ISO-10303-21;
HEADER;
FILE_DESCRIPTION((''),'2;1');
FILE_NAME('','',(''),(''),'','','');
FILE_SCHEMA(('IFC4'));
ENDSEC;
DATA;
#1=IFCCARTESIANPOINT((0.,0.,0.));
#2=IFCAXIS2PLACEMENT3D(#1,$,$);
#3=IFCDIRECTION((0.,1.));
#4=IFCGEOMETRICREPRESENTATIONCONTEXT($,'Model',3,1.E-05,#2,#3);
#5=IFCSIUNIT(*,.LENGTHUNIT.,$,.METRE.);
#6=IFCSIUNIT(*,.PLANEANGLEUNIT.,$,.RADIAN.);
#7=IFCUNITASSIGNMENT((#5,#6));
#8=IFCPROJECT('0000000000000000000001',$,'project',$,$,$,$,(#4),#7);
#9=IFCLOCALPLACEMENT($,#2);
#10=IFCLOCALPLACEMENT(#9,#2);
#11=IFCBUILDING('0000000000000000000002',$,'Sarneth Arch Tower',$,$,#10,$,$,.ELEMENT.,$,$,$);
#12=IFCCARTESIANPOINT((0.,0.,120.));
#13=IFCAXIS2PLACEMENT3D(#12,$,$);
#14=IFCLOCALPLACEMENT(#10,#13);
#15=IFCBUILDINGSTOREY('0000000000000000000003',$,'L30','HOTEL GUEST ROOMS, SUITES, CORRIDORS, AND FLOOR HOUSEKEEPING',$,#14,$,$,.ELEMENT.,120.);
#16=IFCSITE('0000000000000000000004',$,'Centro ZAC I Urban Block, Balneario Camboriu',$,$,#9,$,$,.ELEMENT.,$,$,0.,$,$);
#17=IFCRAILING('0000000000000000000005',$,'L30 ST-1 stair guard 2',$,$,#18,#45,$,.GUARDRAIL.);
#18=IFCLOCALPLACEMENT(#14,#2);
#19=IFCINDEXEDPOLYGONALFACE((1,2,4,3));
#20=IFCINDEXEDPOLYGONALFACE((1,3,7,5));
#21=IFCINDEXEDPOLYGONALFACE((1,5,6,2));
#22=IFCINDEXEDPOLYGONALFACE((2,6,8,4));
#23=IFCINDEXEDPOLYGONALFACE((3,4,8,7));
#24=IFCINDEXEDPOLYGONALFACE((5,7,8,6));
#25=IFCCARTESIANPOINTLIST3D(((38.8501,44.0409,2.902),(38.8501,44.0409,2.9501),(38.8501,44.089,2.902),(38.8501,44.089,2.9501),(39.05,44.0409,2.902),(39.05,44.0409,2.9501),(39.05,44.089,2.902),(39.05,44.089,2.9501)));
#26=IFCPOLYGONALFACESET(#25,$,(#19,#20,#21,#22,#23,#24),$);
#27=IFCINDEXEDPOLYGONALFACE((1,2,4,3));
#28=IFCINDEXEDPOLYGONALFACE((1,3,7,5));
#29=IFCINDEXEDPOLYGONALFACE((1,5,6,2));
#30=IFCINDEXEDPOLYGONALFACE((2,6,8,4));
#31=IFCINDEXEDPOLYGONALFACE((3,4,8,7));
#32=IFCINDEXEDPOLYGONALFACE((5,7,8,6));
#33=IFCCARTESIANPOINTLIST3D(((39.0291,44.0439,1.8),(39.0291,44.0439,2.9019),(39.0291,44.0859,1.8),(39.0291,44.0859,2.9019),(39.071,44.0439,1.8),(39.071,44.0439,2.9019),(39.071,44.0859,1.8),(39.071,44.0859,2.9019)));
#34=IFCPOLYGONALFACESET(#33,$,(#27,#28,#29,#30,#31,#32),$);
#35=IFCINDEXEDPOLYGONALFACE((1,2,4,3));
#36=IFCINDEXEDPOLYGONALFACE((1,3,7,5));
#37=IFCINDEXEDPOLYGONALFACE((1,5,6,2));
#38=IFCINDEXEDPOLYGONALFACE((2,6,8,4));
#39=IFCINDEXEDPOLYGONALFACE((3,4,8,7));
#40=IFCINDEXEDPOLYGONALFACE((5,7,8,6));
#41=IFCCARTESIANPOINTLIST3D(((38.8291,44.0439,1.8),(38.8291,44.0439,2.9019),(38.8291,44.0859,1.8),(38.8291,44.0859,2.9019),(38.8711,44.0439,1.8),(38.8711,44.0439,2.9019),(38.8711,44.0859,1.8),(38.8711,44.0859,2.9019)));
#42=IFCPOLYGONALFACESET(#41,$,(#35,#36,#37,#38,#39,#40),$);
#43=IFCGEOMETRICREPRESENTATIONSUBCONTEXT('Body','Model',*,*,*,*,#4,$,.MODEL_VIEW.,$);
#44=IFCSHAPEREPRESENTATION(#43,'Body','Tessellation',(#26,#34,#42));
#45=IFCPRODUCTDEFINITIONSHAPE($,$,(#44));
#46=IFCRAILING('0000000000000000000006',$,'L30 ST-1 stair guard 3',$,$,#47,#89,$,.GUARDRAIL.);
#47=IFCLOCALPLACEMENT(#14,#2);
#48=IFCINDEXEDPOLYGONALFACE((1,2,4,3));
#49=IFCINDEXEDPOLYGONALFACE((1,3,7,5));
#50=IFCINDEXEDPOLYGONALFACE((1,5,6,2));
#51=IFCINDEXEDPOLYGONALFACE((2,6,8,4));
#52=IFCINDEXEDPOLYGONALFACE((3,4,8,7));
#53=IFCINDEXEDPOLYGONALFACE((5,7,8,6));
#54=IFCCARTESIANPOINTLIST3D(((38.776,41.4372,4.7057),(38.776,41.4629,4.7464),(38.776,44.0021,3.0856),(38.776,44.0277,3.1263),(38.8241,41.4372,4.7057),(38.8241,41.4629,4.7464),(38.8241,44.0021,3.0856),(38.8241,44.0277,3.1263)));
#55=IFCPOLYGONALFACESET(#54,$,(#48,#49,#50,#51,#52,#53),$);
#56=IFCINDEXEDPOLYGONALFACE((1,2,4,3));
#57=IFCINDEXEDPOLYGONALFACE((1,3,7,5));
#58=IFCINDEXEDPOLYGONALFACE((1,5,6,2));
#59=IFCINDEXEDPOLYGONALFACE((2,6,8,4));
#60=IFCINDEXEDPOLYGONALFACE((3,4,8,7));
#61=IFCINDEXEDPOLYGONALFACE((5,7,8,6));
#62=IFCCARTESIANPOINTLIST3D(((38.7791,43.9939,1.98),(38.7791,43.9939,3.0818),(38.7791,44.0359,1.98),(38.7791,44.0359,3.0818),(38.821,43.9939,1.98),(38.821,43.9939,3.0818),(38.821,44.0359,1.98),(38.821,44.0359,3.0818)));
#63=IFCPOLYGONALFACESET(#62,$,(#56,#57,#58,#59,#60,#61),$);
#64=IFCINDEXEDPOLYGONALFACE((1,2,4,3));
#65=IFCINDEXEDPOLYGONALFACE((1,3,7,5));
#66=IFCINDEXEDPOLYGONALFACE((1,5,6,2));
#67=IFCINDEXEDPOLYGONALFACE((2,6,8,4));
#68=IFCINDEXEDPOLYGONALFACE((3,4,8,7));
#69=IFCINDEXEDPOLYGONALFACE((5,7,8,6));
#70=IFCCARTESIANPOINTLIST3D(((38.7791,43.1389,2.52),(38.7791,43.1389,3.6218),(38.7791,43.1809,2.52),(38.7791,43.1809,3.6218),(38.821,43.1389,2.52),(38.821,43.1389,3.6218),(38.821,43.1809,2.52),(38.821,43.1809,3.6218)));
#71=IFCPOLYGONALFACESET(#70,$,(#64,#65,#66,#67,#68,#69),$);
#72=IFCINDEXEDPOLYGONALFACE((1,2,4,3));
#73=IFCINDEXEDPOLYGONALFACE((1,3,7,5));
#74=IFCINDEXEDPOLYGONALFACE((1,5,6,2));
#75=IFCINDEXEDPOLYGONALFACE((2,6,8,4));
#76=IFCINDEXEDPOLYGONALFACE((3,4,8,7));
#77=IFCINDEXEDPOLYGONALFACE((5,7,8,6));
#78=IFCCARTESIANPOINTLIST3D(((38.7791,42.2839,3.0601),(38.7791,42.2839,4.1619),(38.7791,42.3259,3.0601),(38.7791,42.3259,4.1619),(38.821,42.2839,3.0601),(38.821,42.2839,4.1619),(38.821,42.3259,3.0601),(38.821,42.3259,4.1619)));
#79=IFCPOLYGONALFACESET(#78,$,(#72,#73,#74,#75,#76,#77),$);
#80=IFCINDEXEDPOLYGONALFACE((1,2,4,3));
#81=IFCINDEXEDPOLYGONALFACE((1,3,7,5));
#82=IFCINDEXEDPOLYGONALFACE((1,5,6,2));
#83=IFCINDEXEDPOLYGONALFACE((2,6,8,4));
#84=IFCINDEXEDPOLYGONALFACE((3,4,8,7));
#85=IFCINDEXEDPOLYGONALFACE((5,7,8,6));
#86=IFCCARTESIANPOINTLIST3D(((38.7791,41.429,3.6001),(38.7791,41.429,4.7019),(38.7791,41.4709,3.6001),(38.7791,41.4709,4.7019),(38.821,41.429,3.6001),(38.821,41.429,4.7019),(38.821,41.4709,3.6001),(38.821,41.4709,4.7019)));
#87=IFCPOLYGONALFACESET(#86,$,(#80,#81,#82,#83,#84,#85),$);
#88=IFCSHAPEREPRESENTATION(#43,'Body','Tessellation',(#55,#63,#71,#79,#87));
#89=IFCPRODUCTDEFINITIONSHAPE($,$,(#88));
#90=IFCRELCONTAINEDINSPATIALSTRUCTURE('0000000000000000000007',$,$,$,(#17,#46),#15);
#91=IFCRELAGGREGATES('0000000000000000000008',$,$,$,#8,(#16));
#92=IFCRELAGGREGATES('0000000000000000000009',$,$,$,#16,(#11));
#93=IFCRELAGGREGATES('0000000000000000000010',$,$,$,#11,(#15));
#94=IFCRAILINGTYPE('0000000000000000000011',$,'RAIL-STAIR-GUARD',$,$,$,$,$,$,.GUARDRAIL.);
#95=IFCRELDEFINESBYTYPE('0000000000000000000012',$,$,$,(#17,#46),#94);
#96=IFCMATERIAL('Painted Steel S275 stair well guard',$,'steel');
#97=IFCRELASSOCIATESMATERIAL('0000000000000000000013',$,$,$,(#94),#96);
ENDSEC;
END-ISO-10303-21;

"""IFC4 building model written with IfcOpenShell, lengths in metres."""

from ifc_helpers import new_model, si_unit, direction, frame, origin, origin_2d, place, context, subcontext, project, spatial, rectangle, extrude, material, type_object, element, save


model = new_model("IFC4")

# Units and contexts
model_context = context("Model", 3, precision=1e-05, world=origin(), true_north=direction((0.0, 1.0)))
body_context = subcontext(model_context, "Body", "Model", "MODEL_VIEW")
ifc_project = project(units=[si_unit("LENGTHUNIT", "METRE"), si_unit("PLANEANGLEUNIT", "RADIAN")], contexts=[model_context])

# Site, building, storey
site_placement = place(None, origin())
site = spatial("IfcSite", under=ifc_project, at=site_placement, Name="Centro ZAC I Urban Block, Balneario Camboriu", CompositionType="ELEMENT", RefElevation=0.0)
building_placement = place(site_placement, origin())
building = spatial("IfcBuilding", under=site, at=building_placement, Name="Sarneth Arch Tower", CompositionType="ELEMENT")
storey_placement = place(building_placement, frame((0.0, 0.0, 120.0)))
storey = spatial("IfcBuildingStorey", under=building, at=storey_placement, Name="L30", Description="HOTEL GUEST ROOMS, SUITES, CORRIDORS, AND FLOOR HOUSEKEEPING", CompositionType="ELEMENT", Elevation=120.0)

# Railings
ifc_material_1 = material(Name="Painted Steel S275 stair well guard", Category="steel")
railing_type_1 = type_object("IfcRailingType", Name="RAIL-STAIR-GUARD", PredefinedType="GUARDRAIL", material=ifc_material_1)
railing_1_placement = place(storey_placement, frame((39.05, 44.0649, 1.8)))
element("IfcRailing", 1, at=railing_1_placement, inside=storey, type_object=railing_type_1, Name="L30 ST-1 stair guard 2", PredefinedType="GUARDRAIL", context=body_context, shape_type="SweptSolid", body=[
    extrude(rectangle(XDim=0.0481, YDim=0.0481, at=origin_2d()), frame((0.0, 0.0, 1.126), z_axis=(-1.0, 0.0, 0.0), x_axis=(0.0, -1.0, 0.0)), (0.0, 0.0, 1.0), 0.2),
    extrude(rectangle(XDim=0.042, YDim=0.042, at=origin_2d()), origin(), (0.0, 0.0, 1.0), 1.1018),
    extrude(rectangle(XDim=0.042, YDim=0.042, at=origin_2d()), frame((-0.2, 0.0, 0.0)), (0.0, 0.0, 1.0), 1.1018),
])
railing_2_placement = place(storey_placement, frame((38.8, 44.0149, 1.98)))
element("IfcRailing", 2, at=railing_2_placement, inside=storey, type_object=railing_type_1, Name="L30 ST-1 stair guard 3", PredefinedType="GUARDRAIL", context=body_context, shape_type="SweptSolid", body=[
    extrude(rectangle(XDim=0.0481, YDim=0.0481, at=origin_2d()), frame((0.0, 0.0, 1.126), z_axis=(0.0, -0.845466, 0.534029), x_axis=(1.0, 0.0, 0.0)), (0.0, 0.0, 1.0), 3.0337),
    extrude(rectangle(XDim=0.042, YDim=0.042, at=origin_2d()), origin(), (0.0, 0.0, 1.0), 1.1018),
    extrude(rectangle(XDim=0.042, YDim=0.042, at=origin_2d()), frame((0.0, -0.855, 0.54)), (0.0, 0.0, 1.0), 1.1018),
    extrude(rectangle(XDim=0.042, YDim=0.042, at=origin_2d()), frame((0.0, -1.71, 1.0801)), (0.0, 0.0, 1.0), 1.1018),
    extrude(rectangle(XDim=0.042, YDim=0.042, at=origin_2d()), frame((0.0, -2.5649, 1.6201)), (0.0, 0.0, 1.0), 1.1018),
])

save(model, "model.ifc")
